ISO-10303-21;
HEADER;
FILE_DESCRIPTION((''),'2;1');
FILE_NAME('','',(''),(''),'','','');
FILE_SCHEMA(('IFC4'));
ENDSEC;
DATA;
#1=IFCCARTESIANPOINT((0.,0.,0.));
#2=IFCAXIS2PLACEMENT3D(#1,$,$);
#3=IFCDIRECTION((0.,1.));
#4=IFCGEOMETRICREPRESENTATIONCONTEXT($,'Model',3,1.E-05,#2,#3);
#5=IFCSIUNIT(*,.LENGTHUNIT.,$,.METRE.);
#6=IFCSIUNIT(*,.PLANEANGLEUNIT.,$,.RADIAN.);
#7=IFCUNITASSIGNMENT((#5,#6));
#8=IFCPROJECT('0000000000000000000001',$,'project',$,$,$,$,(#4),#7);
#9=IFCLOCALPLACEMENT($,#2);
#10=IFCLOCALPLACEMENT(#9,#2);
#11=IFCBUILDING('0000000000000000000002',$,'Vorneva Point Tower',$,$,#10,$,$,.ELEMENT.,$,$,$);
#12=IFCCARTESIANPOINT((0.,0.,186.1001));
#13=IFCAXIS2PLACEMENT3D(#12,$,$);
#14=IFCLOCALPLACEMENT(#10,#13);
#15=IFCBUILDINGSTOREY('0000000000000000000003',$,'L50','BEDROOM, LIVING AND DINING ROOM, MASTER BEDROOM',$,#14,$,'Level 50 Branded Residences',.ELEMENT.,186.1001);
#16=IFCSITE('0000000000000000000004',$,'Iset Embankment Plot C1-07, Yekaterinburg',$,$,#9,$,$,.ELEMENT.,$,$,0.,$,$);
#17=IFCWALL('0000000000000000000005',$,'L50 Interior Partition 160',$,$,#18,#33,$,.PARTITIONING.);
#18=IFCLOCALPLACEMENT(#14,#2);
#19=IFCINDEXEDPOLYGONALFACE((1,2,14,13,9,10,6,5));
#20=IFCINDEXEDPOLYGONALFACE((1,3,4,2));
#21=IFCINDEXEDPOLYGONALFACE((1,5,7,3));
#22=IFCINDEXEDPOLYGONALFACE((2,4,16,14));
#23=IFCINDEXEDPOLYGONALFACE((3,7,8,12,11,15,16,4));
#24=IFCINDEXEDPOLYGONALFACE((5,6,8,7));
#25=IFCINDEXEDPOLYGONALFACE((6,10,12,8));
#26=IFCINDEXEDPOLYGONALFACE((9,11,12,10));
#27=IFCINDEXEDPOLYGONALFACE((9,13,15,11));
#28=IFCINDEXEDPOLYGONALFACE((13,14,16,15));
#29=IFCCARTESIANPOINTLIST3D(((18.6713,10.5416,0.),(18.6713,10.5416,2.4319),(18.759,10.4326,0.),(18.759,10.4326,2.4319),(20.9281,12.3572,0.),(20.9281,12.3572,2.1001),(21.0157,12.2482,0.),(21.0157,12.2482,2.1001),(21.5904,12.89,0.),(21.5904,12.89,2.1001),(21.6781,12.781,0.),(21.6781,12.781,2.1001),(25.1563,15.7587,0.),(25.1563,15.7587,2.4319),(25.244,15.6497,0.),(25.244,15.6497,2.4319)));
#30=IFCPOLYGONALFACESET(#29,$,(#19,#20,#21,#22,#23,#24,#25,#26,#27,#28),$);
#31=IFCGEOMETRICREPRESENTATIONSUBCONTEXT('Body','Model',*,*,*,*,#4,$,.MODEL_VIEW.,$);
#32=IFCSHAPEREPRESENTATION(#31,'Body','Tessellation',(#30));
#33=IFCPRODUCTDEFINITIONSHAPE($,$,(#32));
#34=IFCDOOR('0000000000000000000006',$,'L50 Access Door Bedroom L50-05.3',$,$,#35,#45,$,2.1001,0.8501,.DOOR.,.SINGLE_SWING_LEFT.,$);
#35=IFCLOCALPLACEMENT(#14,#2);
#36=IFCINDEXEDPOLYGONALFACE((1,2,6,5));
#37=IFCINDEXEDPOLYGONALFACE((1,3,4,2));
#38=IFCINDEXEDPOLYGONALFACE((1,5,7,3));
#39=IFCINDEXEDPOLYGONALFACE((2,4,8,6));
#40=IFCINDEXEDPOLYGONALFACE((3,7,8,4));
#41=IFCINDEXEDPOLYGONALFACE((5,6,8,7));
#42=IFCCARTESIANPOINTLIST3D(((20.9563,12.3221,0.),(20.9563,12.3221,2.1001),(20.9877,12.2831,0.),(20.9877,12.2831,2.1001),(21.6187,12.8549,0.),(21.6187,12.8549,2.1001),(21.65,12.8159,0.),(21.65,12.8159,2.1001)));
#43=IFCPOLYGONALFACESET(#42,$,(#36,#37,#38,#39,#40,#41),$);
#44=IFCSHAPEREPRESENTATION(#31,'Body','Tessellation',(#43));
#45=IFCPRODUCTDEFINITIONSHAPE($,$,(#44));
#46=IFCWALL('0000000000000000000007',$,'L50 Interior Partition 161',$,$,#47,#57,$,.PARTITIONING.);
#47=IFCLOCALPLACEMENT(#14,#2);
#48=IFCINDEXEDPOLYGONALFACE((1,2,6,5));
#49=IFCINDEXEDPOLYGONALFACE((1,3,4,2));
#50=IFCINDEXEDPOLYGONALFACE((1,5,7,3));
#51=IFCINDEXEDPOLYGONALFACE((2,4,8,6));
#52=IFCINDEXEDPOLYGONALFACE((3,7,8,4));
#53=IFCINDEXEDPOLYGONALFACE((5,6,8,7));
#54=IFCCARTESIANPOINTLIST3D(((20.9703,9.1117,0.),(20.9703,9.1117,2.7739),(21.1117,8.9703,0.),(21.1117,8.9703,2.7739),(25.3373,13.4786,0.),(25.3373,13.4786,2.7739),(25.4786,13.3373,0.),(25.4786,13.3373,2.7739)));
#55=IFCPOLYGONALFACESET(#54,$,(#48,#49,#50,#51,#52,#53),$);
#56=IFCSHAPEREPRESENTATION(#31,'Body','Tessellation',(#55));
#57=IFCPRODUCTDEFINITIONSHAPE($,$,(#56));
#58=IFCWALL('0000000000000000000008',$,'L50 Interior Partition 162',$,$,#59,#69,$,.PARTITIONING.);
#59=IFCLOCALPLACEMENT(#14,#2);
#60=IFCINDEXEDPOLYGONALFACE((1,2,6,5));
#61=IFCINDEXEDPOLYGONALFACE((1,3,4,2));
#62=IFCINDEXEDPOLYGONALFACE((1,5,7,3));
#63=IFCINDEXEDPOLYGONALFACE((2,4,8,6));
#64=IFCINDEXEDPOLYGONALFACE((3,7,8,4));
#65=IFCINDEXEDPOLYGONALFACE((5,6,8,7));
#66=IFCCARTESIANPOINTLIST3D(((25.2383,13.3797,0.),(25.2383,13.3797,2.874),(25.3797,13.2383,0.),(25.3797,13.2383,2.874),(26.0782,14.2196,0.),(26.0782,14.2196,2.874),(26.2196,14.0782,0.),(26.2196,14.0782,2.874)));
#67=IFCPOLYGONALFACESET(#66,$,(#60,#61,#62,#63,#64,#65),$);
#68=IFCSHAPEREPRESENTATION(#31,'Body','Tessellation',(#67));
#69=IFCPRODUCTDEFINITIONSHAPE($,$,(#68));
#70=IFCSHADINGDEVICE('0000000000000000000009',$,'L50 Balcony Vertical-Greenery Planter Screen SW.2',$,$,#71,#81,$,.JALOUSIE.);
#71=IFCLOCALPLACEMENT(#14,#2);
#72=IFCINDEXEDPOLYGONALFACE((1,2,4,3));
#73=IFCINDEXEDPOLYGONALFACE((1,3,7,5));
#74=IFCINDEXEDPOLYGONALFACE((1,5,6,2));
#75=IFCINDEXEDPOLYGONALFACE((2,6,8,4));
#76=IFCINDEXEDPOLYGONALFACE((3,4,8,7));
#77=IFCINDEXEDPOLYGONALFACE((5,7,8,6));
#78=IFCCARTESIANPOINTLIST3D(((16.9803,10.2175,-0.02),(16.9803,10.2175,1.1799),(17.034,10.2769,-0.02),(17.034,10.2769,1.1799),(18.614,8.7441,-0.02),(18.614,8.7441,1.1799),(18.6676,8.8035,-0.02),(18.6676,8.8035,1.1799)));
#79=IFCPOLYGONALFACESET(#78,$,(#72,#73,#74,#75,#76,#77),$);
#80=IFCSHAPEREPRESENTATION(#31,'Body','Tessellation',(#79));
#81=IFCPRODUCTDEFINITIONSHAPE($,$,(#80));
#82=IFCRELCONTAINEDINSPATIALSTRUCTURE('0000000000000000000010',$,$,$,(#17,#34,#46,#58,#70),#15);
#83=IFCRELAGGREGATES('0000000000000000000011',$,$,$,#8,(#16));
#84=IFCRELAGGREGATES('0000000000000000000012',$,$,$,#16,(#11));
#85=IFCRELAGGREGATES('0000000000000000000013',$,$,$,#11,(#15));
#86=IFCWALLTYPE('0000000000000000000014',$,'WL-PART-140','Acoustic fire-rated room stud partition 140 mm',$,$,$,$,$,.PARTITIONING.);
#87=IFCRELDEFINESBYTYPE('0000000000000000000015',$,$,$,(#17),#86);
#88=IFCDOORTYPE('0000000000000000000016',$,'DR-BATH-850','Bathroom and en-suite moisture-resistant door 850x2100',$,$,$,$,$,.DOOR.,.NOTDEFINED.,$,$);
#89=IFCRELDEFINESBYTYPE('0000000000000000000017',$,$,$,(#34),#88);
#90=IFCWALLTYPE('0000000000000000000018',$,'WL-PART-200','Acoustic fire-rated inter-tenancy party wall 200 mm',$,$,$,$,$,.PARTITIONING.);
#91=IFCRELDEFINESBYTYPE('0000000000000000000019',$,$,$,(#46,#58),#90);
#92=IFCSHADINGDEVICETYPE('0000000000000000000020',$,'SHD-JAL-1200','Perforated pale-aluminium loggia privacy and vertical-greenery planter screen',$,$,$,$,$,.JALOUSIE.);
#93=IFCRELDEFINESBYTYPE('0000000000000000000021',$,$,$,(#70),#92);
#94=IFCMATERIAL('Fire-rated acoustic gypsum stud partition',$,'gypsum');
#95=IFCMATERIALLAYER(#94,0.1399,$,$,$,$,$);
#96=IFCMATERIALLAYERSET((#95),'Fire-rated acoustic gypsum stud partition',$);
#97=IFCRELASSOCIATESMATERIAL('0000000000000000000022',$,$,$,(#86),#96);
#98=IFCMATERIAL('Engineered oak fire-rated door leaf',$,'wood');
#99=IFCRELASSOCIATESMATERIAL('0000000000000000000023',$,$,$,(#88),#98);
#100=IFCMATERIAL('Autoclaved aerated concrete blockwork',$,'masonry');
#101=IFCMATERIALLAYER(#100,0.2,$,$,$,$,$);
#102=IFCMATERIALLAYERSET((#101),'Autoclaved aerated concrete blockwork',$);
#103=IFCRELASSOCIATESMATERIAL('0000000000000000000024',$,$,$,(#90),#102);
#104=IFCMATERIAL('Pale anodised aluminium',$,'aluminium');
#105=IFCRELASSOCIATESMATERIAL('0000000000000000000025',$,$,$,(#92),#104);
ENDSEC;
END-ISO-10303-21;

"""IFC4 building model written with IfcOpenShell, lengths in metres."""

from ifc_helpers import new_model, si_unit, direction, frame, frame_2d, origin, origin_2d, place, context, subcontext, project, spatial, rectangle, extrude, material, layer, layer_set, type_object, element, fill, save


model = new_model("IFC4")

# Units and contexts
model_context = context("Model", 3, precision=1e-05, world=origin(), true_north=direction((0.0, 1.0)))
body_context = subcontext(model_context, "Body", "Model", "MODEL_VIEW")
ifc_project = project(units=[si_unit("LENGTHUNIT", "METRE"), si_unit("PLANEANGLEUNIT", "RADIAN")], contexts=[model_context])

# Site, building, storey
site_placement = place(None, origin())
site = spatial("IfcSite", under=ifc_project, at=site_placement, Name="Iset Embankment Plot C1-07, Yekaterinburg", CompositionType="ELEMENT", RefElevation=0.0)
building_placement = place(site_placement, origin())
building = spatial("IfcBuilding", under=site, at=building_placement, Name="Vorneva Point Tower", CompositionType="ELEMENT")
storey_placement = place(building_placement, frame((0.0, 0.0, 186.1001)))
storey = spatial("IfcBuildingStorey", under=building, at=storey_placement, Name="L50", Description="BEDROOM, LIVING AND DINING ROOM, MASTER BEDROOM", LongName="Level 50 Branded Residences", CompositionType="ELEMENT", Elevation=186.1001)

# Shared definitions
ifc_material_1 = material(Name="Pale anodised aluminium", Category="aluminium")

# Shared definitions
ifc_material_2 = material(Name="Fire-rated acoustic gypsum stud partition", Category="gypsum")

# Shared definitions
ifc_material_3 = material(Name="Engineered oak fire-rated door leaf", Category="wood")

# Wall, opening, door
ifc_layer_1 = layer(ifc_material_2, 0.1399)
ifc_layer_set_1 = layer_set([ifc_layer_1], Name="Fire-rated acoustic gypsum stud partition")
wall_type_1 = type_object("IfcWallType", Name="WL-PART-140", Description="Acoustic fire-rated room stud partition 140 mm", PredefinedType="PARTITIONING", material=ifc_layer_set_1)
wall_1_placement = place(storey_placement, frame((18.7151, 10.4871, 0.0), z_axis=(0.0, 0.0, 1.0), x_axis=(0.779157, 0.626828, 0.0)))
wall_1 = element("IfcWall", 1, at=wall_1_placement, inside=storey, type_object=wall_type_1, Name="L50 Interior Partition 160", PredefinedType="PARTITIONING", context=body_context, shape_type="SweptSolid", body=[
    extrude(rectangle(XDim=8.323, YDim=0.1399, at=frame_2d((4.1616, 0.0))), origin(), (0.0, 0.0, 1.0), 2.4319),
])
opening_1_placement = place(wall_1_placement, frame((2.8965, 0.0, 0.0)))
opening_1 = element("IfcOpeningElement", 2, at=opening_1_placement, cuts=wall_1, PredefinedType="OPENING", context=body_context, shape_type="SweptSolid", body=[
    extrude(rectangle(XDim=0.8501, YDim=2.1001, at=frame_2d((0.425, 1.05))), frame((0.0, 0.085, 0.0), z_axis=(0.0, -1.0, 0.0), x_axis=(1.0, 0.0, 0.0)), (0.0, 0.0, 1.0), 0.1697),
])
door_type_1 = type_object("IfcDoorType", Name="DR-BATH-850", Description="Bathroom and en-suite moisture-resistant door 850x2100", OperationType="NOTDEFINED", PredefinedType="DOOR", material=ifc_material_3)
door_1_placement = place(opening_1_placement, origin())
door_1 = element("IfcDoor", 3, at=door_1_placement, inside=storey, type_object=door_type_1, Name="L50 Access Door Bedroom L50-05.3", OperationType="SINGLE_SWING_LEFT", OverallHeight=2.1001, OverallWidth=0.8501, PredefinedType="DOOR", context=body_context, shape_type="SweptSolid", body=[
    extrude(rectangle(XDim=0.8501, YDim=2.1001, at=frame_2d((0.425, 1.05))), frame((0.0, 0.0249, 0.0), z_axis=(0.0, -1.0, 0.0), x_axis=(1.0, 0.0, 0.0)), (0.0, 0.0, 1.0), 0.05),
])
fill(opening_1, door_1)

# Walls
ifc_material_4 = material(Name="Autoclaved aerated concrete blockwork", Category="masonry")
ifc_layer_2 = layer(ifc_material_4, 0.2)
ifc_layer_set_2 = layer_set([ifc_layer_2], Name="Autoclaved aerated concrete blockwork")
wall_type_2 = type_object("IfcWallType", Name="WL-PART-200", Description="Acoustic fire-rated inter-tenancy party wall 200 mm", PredefinedType="PARTITIONING", material=ifc_layer_set_2)
wall_2_placement = place(storey_placement, frame((21.041, 9.041, 0.0), z_axis=(0.0, 0.0, 1.0), x_axis=(0.707107, 0.707107, 0.0)))
element("IfcWall", 4, at=wall_2_placement, inside=storey, type_object=wall_type_2, Name="L50 Interior Partition 161", PredefinedType="PARTITIONING", context=body_context, shape_type="SweptSolid", body=[
    extrude(rectangle(XDim=6.1758, YDim=0.2, at=frame_2d((3.0879, 0.0))), origin(), (0.0, 0.0, 1.0), 2.7739),
])
wall_3_placement = place(storey_placement, frame((25.3091, 13.3091, 0.0), z_axis=(0.0, 0.0, 1.0), x_axis=(0.707107, 0.707107, 0.0)))
element("IfcWall", 5, at=wall_3_placement, inside=storey, type_object=wall_type_2, Name="L50 Interior Partition 162", PredefinedType="PARTITIONING", context=body_context, shape_type="SweptSolid", body=[
    extrude(rectangle(XDim=1.1877, YDim=0.2, at=frame_2d((0.5938, 0.0))), origin(), (0.0, 0.0, 1.0), 2.874),
])

# Shading device
shading_device_type = type_object("IfcShadingDeviceType", Name="SHD-JAL-1200", Description="Perforated pale-aluminium loggia privacy and vertical-greenery planter screen", PredefinedType="JALOUSIE", material=ifc_material_1)
shading_device_placement = place(storey_placement, frame((17.824, 9.5105, -0.02), z_axis=(0.0, 0.0, 1.0), x_axis=(0.742584, -0.669753, 0.0)))
element("IfcShadingDevice", 6, at=shading_device_placement, inside=storey, type_object=shading_device_type, Name="L50 Balcony Vertical-Greenery Planter Screen SW.2", PredefinedType="JALOUSIE", context=body_context, shape_type="SweptSolid", body=[
    extrude(rectangle(XDim=2.2, YDim=0.0801, at=origin_2d()), origin(), (0.0, 0.0, 1.0), 1.2),
])

save(model, "model.ifc")
